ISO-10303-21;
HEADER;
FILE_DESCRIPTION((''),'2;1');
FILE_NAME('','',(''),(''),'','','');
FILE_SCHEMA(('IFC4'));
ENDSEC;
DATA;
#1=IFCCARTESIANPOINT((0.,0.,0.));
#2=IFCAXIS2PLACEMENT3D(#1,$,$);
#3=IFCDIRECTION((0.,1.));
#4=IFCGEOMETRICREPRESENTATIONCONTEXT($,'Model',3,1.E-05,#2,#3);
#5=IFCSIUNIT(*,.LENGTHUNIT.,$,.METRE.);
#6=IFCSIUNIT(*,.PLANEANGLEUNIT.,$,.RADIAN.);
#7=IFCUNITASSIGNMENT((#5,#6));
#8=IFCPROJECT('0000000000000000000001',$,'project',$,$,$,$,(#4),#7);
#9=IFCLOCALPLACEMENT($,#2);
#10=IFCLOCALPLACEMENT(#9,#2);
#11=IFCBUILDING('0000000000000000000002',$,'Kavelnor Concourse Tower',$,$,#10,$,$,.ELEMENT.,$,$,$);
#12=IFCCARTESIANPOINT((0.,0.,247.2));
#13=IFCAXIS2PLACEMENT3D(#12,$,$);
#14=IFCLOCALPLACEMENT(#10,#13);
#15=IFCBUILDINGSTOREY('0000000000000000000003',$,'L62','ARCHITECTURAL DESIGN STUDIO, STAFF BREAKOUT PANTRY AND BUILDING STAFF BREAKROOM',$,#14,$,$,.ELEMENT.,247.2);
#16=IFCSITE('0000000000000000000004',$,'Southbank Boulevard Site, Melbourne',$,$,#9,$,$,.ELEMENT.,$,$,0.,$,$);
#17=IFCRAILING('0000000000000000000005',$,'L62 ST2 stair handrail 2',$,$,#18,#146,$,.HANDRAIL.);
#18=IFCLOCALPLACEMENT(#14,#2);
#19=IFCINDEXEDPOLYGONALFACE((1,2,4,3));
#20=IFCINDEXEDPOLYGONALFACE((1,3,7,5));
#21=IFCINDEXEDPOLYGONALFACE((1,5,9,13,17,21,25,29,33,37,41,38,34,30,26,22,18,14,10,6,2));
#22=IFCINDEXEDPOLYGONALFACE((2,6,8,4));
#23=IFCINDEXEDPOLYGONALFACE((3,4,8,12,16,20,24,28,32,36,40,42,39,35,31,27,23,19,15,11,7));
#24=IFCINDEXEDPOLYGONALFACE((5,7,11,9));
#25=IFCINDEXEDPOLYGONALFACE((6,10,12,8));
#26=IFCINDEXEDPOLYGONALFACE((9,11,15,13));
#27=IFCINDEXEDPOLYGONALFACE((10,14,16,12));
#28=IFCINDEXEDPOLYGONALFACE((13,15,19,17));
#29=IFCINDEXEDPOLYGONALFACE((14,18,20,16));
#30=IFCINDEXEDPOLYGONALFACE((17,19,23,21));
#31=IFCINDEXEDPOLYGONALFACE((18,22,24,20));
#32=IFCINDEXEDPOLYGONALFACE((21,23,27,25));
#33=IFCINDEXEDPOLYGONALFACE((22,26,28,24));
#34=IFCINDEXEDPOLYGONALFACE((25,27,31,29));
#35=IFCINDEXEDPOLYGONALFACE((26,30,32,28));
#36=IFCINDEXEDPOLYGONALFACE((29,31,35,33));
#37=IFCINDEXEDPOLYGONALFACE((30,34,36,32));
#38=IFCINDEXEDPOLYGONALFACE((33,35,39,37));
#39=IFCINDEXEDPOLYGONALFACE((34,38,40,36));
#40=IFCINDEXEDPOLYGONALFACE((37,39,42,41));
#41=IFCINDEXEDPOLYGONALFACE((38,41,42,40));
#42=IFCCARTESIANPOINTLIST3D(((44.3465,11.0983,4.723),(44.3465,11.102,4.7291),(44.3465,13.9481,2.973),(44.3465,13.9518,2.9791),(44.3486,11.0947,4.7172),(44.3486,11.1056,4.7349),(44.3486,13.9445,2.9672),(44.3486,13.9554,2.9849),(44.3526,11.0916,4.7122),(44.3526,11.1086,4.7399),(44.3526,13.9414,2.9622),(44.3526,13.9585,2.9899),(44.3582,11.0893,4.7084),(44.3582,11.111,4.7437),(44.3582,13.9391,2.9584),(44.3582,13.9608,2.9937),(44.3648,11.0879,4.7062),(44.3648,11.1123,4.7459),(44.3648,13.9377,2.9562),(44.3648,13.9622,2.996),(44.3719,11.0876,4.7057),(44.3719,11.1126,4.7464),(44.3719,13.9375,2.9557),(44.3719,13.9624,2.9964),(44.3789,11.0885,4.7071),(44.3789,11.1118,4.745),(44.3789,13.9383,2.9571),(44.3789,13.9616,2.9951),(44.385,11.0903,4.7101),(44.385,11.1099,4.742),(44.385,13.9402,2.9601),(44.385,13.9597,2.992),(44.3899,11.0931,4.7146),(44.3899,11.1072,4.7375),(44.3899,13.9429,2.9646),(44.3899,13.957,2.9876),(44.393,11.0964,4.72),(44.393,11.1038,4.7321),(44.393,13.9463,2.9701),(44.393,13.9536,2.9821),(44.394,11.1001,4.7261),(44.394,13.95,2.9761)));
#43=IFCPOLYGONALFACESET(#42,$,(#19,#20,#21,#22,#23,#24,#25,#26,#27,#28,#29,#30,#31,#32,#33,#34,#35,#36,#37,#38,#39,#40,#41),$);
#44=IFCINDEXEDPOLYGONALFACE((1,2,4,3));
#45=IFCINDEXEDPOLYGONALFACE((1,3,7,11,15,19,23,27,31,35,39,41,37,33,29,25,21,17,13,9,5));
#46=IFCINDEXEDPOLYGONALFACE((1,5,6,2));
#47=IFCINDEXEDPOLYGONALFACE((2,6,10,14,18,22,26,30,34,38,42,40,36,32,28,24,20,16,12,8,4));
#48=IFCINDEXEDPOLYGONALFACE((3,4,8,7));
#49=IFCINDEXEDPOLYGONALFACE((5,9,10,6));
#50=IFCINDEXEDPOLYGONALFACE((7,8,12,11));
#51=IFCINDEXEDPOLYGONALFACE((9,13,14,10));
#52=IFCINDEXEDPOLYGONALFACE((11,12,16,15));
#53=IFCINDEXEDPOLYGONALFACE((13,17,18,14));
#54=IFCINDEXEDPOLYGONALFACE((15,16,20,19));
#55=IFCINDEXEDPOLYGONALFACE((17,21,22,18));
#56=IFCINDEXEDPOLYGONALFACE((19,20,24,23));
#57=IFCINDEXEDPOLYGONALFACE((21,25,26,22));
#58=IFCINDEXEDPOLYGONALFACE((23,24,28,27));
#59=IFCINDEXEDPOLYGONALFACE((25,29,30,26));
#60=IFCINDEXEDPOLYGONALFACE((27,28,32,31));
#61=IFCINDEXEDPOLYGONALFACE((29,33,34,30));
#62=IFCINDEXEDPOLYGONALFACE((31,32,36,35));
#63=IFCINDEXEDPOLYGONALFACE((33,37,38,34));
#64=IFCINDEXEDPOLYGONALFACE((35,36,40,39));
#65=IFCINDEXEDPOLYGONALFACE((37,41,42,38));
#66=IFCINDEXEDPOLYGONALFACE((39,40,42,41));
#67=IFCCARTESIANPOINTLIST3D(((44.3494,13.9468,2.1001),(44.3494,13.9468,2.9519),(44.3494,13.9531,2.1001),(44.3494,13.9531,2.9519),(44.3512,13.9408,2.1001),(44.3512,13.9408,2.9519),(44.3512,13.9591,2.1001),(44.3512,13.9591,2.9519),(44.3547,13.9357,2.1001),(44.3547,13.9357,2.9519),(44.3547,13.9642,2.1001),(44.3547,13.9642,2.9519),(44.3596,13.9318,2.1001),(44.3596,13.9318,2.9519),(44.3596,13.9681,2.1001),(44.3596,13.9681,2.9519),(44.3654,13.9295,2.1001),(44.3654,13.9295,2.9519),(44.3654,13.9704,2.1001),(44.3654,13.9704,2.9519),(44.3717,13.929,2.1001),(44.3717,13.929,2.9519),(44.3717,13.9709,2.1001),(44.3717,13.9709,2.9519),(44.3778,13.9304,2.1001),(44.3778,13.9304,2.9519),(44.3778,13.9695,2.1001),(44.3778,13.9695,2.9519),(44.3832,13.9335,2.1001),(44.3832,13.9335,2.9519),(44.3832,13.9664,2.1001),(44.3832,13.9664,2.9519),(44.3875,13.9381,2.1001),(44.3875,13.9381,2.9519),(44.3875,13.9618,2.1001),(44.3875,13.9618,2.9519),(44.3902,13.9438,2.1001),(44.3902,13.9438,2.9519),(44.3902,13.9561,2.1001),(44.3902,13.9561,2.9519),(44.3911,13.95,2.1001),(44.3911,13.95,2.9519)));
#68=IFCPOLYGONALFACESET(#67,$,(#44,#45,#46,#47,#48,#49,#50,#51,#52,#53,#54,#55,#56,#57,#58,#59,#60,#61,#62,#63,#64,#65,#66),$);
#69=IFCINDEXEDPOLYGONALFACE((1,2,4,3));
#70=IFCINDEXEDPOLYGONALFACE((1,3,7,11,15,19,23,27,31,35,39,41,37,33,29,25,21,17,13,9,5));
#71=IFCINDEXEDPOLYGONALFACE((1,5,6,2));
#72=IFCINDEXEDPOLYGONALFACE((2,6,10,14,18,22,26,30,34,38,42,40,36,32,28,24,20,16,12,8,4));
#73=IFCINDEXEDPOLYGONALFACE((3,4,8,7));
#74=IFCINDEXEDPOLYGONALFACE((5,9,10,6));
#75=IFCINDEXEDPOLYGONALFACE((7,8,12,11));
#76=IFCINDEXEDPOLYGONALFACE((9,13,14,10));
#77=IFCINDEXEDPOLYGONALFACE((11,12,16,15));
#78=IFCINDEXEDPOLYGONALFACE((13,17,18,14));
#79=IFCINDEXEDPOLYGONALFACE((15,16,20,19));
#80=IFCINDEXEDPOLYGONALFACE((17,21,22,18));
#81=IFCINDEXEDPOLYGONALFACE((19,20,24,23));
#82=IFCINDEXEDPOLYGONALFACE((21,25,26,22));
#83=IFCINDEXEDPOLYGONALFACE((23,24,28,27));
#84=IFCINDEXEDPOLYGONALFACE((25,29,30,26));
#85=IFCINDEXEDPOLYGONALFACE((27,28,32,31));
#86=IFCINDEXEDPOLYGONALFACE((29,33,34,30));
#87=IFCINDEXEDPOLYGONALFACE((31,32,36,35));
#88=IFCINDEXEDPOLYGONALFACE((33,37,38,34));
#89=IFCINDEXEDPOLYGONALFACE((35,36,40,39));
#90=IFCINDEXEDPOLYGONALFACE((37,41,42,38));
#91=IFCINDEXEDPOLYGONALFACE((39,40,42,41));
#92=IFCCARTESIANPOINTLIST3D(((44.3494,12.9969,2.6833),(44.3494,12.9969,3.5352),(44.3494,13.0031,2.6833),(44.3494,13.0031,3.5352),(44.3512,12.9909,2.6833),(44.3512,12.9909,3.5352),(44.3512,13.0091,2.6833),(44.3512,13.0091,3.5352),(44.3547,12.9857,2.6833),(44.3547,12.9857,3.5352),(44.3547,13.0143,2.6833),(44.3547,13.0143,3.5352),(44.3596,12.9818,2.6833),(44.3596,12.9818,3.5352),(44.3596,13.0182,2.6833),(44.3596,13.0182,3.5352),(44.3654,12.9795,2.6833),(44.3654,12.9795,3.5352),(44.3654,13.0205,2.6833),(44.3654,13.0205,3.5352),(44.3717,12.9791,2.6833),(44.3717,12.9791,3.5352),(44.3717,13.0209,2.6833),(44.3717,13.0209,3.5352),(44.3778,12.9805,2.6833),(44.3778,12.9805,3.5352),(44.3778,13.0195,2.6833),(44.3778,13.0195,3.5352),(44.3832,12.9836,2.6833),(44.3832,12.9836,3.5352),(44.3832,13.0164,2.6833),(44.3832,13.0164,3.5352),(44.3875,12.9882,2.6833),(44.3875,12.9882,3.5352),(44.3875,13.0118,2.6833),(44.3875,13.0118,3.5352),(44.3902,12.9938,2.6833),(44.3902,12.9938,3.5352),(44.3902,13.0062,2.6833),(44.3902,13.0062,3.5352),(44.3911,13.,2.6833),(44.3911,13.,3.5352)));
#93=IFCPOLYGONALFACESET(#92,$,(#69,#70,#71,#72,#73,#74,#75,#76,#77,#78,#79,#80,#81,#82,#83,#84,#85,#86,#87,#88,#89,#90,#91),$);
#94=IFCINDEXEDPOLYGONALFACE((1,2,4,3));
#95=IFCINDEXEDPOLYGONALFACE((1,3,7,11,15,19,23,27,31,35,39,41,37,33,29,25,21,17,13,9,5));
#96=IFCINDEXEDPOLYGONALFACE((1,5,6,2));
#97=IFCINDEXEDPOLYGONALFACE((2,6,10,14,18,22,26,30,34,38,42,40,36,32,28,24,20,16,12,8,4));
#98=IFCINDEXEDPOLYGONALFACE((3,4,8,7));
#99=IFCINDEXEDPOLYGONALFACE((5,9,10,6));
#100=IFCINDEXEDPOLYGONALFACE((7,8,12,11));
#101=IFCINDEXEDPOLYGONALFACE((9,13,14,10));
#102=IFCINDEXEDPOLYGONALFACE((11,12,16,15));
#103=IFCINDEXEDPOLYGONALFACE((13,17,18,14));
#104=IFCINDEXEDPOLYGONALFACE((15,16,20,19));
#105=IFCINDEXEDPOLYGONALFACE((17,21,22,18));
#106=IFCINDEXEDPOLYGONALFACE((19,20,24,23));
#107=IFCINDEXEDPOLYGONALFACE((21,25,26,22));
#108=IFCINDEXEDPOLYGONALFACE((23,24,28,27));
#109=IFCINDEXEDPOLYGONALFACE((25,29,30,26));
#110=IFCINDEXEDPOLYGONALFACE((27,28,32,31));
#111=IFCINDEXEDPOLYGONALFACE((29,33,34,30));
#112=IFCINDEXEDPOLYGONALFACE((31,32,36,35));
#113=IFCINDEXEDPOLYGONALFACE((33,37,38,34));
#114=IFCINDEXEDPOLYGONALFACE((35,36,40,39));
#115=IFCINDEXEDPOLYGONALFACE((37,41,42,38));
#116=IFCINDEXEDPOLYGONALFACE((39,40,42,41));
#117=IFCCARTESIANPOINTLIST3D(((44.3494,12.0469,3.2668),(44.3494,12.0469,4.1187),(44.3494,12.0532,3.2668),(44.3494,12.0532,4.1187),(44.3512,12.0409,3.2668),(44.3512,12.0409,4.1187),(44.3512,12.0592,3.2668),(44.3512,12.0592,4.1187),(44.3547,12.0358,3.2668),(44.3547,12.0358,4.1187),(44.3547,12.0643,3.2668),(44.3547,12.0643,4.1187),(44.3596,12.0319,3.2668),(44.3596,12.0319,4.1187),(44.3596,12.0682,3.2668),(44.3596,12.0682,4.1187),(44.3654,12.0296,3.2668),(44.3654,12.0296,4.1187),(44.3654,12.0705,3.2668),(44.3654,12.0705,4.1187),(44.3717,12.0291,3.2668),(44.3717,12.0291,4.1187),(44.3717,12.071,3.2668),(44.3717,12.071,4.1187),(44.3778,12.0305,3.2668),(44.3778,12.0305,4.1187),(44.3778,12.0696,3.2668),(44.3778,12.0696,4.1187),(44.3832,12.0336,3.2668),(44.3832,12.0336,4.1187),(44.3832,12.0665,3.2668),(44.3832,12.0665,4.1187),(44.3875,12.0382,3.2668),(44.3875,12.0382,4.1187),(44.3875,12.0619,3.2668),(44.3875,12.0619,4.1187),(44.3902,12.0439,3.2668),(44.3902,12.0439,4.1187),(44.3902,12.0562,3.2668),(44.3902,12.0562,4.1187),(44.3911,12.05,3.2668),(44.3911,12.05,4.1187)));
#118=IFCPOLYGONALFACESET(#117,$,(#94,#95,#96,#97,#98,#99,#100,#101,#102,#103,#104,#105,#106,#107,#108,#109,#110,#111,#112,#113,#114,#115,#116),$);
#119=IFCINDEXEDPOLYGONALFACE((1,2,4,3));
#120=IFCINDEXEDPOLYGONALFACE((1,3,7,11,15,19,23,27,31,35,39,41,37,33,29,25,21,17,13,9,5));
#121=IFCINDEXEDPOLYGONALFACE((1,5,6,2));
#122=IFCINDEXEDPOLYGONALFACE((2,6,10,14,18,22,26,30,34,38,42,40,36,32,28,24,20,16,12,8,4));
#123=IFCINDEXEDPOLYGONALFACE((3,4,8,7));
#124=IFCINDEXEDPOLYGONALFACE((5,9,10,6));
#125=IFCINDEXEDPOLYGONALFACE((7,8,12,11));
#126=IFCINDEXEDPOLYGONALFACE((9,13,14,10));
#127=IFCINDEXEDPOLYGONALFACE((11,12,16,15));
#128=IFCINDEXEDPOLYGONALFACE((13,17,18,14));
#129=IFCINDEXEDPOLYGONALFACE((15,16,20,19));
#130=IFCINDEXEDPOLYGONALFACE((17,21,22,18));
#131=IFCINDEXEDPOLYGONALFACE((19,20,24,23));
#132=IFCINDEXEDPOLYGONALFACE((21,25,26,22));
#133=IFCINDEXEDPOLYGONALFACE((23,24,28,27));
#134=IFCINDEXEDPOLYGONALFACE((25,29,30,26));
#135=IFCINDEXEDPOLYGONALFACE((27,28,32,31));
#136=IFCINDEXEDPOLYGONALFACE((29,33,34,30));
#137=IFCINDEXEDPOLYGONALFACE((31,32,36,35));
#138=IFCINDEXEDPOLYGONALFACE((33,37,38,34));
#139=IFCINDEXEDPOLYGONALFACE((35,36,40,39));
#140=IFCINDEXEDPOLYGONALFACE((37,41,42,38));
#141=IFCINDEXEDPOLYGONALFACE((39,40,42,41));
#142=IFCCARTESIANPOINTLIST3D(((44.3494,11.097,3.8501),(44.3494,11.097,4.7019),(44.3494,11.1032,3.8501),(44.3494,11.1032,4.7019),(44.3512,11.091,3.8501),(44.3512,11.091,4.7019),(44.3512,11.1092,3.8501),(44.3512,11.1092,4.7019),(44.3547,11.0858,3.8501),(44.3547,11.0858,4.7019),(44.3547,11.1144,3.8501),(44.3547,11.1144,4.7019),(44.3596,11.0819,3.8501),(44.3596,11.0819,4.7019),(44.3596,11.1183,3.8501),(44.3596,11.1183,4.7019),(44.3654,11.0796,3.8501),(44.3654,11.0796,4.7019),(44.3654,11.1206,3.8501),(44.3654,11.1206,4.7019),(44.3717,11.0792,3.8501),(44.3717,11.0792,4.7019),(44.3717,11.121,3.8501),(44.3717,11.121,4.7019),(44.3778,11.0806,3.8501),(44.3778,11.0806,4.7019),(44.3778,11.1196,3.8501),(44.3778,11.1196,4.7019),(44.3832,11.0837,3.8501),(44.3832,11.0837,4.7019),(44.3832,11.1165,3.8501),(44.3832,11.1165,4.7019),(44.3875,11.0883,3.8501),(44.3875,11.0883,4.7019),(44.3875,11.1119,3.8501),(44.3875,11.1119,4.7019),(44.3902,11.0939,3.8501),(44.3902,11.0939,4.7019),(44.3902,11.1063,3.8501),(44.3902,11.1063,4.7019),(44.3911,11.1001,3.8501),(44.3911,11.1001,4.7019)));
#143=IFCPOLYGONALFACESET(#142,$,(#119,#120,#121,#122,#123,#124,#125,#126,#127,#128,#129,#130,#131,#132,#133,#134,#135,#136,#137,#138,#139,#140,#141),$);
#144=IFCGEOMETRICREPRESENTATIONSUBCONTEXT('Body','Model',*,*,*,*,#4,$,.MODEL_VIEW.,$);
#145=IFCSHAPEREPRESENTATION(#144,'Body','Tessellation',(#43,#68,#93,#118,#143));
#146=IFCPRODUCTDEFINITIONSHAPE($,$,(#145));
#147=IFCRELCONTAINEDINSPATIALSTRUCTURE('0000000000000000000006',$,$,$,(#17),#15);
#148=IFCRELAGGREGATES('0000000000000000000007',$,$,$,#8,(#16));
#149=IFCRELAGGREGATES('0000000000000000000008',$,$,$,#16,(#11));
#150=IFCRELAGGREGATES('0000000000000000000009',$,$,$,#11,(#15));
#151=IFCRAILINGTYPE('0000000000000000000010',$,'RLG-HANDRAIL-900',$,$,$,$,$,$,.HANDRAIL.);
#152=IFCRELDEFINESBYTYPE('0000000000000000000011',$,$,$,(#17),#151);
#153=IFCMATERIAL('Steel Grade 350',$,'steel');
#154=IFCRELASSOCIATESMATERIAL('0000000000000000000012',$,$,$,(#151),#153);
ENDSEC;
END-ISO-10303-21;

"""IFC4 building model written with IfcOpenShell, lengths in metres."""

from ifc_helpers import new_model, si_unit, direction, frame, origin, origin_2d, place, context, subcontext, project, spatial, circle, extrude, material, type_object, element, save


model = new_model("IFC4")

# Units and contexts
model_context = context("Model", 3, precision=1e-05, world=origin(), true_north=direction((0.0, 1.0)))
body_context = subcontext(model_context, "Body", "Model", "MODEL_VIEW")
ifc_project = project(units=[si_unit("LENGTHUNIT", "METRE"), si_unit("PLANEANGLEUNIT", "RADIAN")], contexts=[model_context])

# Site, building, storey
site_placement = place(None, origin())
site = spatial("IfcSite", under=ifc_project, at=site_placement, Name="Southbank Boulevard Site, Melbourne", CompositionType="ELEMENT", RefElevation=0.0)
building_placement = place(site_placement, origin())
building = spatial("IfcBuilding", under=site, at=building_placement, Name="Kavelnor Concourse Tower", CompositionType="ELEMENT")
storey_placement = place(building_placement, frame((0.0, 0.0, 247.2)))
storey = spatial("IfcBuildingStorey", under=building, at=storey_placement, Name="L62", Description="ARCHITECTURAL DESIGN STUDIO, STAFF BREAKOUT PANTRY AND BUILDING STAFF BREAKROOM", CompositionType="ELEMENT", Elevation=247.2)

# Shared definitions
ifc_material_1 = material(Name="Steel Grade 350", Category="steel")

# Railing
railing_type_1 = type_object("IfcRailingType", Name="RLG-HANDRAIL-900", PredefinedType="HANDRAIL", material=ifc_material_1)
railing_1_placement = place(storey_placement, frame((44.3701, 13.95, 2.1001)))
element("IfcRailing", 1, at=railing_1_placement, inside=storey, type_object=railing_type_1, Name="L62 ST2 stair handrail 2", PredefinedType="HANDRAIL", context=body_context, shape_type="SweptSolid", body=[
    extrude(circle(Radius=0.0239, at=origin_2d()), frame((0.0, 0.0, 0.876), z_axis=(0.0, -0.852159, 0.523283), x_axis=(1.0, 0.0, 0.0)), (0.0, 0.0, 1.0), 3.3442),
    extrude(circle(Radius=0.021, at=origin_2d()), origin(), (0.0, 0.0, 1.0), 0.8518),
    extrude(circle(Radius=0.021, at=origin_2d()), frame((0.0, -0.95, 0.5833)), (0.0, 0.0, 1.0), 0.8518),
    extrude(circle(Radius=0.021, at=origin_2d()), frame((0.0, -1.8999, 1.1667)), (0.0, 0.0, 1.0), 0.8518),
    extrude(circle(Radius=0.021, at=origin_2d()), frame((0.0, -2.8499, 1.75)), (0.0, 0.0, 1.0), 0.8518),
])

save(model, "model.ifc")
